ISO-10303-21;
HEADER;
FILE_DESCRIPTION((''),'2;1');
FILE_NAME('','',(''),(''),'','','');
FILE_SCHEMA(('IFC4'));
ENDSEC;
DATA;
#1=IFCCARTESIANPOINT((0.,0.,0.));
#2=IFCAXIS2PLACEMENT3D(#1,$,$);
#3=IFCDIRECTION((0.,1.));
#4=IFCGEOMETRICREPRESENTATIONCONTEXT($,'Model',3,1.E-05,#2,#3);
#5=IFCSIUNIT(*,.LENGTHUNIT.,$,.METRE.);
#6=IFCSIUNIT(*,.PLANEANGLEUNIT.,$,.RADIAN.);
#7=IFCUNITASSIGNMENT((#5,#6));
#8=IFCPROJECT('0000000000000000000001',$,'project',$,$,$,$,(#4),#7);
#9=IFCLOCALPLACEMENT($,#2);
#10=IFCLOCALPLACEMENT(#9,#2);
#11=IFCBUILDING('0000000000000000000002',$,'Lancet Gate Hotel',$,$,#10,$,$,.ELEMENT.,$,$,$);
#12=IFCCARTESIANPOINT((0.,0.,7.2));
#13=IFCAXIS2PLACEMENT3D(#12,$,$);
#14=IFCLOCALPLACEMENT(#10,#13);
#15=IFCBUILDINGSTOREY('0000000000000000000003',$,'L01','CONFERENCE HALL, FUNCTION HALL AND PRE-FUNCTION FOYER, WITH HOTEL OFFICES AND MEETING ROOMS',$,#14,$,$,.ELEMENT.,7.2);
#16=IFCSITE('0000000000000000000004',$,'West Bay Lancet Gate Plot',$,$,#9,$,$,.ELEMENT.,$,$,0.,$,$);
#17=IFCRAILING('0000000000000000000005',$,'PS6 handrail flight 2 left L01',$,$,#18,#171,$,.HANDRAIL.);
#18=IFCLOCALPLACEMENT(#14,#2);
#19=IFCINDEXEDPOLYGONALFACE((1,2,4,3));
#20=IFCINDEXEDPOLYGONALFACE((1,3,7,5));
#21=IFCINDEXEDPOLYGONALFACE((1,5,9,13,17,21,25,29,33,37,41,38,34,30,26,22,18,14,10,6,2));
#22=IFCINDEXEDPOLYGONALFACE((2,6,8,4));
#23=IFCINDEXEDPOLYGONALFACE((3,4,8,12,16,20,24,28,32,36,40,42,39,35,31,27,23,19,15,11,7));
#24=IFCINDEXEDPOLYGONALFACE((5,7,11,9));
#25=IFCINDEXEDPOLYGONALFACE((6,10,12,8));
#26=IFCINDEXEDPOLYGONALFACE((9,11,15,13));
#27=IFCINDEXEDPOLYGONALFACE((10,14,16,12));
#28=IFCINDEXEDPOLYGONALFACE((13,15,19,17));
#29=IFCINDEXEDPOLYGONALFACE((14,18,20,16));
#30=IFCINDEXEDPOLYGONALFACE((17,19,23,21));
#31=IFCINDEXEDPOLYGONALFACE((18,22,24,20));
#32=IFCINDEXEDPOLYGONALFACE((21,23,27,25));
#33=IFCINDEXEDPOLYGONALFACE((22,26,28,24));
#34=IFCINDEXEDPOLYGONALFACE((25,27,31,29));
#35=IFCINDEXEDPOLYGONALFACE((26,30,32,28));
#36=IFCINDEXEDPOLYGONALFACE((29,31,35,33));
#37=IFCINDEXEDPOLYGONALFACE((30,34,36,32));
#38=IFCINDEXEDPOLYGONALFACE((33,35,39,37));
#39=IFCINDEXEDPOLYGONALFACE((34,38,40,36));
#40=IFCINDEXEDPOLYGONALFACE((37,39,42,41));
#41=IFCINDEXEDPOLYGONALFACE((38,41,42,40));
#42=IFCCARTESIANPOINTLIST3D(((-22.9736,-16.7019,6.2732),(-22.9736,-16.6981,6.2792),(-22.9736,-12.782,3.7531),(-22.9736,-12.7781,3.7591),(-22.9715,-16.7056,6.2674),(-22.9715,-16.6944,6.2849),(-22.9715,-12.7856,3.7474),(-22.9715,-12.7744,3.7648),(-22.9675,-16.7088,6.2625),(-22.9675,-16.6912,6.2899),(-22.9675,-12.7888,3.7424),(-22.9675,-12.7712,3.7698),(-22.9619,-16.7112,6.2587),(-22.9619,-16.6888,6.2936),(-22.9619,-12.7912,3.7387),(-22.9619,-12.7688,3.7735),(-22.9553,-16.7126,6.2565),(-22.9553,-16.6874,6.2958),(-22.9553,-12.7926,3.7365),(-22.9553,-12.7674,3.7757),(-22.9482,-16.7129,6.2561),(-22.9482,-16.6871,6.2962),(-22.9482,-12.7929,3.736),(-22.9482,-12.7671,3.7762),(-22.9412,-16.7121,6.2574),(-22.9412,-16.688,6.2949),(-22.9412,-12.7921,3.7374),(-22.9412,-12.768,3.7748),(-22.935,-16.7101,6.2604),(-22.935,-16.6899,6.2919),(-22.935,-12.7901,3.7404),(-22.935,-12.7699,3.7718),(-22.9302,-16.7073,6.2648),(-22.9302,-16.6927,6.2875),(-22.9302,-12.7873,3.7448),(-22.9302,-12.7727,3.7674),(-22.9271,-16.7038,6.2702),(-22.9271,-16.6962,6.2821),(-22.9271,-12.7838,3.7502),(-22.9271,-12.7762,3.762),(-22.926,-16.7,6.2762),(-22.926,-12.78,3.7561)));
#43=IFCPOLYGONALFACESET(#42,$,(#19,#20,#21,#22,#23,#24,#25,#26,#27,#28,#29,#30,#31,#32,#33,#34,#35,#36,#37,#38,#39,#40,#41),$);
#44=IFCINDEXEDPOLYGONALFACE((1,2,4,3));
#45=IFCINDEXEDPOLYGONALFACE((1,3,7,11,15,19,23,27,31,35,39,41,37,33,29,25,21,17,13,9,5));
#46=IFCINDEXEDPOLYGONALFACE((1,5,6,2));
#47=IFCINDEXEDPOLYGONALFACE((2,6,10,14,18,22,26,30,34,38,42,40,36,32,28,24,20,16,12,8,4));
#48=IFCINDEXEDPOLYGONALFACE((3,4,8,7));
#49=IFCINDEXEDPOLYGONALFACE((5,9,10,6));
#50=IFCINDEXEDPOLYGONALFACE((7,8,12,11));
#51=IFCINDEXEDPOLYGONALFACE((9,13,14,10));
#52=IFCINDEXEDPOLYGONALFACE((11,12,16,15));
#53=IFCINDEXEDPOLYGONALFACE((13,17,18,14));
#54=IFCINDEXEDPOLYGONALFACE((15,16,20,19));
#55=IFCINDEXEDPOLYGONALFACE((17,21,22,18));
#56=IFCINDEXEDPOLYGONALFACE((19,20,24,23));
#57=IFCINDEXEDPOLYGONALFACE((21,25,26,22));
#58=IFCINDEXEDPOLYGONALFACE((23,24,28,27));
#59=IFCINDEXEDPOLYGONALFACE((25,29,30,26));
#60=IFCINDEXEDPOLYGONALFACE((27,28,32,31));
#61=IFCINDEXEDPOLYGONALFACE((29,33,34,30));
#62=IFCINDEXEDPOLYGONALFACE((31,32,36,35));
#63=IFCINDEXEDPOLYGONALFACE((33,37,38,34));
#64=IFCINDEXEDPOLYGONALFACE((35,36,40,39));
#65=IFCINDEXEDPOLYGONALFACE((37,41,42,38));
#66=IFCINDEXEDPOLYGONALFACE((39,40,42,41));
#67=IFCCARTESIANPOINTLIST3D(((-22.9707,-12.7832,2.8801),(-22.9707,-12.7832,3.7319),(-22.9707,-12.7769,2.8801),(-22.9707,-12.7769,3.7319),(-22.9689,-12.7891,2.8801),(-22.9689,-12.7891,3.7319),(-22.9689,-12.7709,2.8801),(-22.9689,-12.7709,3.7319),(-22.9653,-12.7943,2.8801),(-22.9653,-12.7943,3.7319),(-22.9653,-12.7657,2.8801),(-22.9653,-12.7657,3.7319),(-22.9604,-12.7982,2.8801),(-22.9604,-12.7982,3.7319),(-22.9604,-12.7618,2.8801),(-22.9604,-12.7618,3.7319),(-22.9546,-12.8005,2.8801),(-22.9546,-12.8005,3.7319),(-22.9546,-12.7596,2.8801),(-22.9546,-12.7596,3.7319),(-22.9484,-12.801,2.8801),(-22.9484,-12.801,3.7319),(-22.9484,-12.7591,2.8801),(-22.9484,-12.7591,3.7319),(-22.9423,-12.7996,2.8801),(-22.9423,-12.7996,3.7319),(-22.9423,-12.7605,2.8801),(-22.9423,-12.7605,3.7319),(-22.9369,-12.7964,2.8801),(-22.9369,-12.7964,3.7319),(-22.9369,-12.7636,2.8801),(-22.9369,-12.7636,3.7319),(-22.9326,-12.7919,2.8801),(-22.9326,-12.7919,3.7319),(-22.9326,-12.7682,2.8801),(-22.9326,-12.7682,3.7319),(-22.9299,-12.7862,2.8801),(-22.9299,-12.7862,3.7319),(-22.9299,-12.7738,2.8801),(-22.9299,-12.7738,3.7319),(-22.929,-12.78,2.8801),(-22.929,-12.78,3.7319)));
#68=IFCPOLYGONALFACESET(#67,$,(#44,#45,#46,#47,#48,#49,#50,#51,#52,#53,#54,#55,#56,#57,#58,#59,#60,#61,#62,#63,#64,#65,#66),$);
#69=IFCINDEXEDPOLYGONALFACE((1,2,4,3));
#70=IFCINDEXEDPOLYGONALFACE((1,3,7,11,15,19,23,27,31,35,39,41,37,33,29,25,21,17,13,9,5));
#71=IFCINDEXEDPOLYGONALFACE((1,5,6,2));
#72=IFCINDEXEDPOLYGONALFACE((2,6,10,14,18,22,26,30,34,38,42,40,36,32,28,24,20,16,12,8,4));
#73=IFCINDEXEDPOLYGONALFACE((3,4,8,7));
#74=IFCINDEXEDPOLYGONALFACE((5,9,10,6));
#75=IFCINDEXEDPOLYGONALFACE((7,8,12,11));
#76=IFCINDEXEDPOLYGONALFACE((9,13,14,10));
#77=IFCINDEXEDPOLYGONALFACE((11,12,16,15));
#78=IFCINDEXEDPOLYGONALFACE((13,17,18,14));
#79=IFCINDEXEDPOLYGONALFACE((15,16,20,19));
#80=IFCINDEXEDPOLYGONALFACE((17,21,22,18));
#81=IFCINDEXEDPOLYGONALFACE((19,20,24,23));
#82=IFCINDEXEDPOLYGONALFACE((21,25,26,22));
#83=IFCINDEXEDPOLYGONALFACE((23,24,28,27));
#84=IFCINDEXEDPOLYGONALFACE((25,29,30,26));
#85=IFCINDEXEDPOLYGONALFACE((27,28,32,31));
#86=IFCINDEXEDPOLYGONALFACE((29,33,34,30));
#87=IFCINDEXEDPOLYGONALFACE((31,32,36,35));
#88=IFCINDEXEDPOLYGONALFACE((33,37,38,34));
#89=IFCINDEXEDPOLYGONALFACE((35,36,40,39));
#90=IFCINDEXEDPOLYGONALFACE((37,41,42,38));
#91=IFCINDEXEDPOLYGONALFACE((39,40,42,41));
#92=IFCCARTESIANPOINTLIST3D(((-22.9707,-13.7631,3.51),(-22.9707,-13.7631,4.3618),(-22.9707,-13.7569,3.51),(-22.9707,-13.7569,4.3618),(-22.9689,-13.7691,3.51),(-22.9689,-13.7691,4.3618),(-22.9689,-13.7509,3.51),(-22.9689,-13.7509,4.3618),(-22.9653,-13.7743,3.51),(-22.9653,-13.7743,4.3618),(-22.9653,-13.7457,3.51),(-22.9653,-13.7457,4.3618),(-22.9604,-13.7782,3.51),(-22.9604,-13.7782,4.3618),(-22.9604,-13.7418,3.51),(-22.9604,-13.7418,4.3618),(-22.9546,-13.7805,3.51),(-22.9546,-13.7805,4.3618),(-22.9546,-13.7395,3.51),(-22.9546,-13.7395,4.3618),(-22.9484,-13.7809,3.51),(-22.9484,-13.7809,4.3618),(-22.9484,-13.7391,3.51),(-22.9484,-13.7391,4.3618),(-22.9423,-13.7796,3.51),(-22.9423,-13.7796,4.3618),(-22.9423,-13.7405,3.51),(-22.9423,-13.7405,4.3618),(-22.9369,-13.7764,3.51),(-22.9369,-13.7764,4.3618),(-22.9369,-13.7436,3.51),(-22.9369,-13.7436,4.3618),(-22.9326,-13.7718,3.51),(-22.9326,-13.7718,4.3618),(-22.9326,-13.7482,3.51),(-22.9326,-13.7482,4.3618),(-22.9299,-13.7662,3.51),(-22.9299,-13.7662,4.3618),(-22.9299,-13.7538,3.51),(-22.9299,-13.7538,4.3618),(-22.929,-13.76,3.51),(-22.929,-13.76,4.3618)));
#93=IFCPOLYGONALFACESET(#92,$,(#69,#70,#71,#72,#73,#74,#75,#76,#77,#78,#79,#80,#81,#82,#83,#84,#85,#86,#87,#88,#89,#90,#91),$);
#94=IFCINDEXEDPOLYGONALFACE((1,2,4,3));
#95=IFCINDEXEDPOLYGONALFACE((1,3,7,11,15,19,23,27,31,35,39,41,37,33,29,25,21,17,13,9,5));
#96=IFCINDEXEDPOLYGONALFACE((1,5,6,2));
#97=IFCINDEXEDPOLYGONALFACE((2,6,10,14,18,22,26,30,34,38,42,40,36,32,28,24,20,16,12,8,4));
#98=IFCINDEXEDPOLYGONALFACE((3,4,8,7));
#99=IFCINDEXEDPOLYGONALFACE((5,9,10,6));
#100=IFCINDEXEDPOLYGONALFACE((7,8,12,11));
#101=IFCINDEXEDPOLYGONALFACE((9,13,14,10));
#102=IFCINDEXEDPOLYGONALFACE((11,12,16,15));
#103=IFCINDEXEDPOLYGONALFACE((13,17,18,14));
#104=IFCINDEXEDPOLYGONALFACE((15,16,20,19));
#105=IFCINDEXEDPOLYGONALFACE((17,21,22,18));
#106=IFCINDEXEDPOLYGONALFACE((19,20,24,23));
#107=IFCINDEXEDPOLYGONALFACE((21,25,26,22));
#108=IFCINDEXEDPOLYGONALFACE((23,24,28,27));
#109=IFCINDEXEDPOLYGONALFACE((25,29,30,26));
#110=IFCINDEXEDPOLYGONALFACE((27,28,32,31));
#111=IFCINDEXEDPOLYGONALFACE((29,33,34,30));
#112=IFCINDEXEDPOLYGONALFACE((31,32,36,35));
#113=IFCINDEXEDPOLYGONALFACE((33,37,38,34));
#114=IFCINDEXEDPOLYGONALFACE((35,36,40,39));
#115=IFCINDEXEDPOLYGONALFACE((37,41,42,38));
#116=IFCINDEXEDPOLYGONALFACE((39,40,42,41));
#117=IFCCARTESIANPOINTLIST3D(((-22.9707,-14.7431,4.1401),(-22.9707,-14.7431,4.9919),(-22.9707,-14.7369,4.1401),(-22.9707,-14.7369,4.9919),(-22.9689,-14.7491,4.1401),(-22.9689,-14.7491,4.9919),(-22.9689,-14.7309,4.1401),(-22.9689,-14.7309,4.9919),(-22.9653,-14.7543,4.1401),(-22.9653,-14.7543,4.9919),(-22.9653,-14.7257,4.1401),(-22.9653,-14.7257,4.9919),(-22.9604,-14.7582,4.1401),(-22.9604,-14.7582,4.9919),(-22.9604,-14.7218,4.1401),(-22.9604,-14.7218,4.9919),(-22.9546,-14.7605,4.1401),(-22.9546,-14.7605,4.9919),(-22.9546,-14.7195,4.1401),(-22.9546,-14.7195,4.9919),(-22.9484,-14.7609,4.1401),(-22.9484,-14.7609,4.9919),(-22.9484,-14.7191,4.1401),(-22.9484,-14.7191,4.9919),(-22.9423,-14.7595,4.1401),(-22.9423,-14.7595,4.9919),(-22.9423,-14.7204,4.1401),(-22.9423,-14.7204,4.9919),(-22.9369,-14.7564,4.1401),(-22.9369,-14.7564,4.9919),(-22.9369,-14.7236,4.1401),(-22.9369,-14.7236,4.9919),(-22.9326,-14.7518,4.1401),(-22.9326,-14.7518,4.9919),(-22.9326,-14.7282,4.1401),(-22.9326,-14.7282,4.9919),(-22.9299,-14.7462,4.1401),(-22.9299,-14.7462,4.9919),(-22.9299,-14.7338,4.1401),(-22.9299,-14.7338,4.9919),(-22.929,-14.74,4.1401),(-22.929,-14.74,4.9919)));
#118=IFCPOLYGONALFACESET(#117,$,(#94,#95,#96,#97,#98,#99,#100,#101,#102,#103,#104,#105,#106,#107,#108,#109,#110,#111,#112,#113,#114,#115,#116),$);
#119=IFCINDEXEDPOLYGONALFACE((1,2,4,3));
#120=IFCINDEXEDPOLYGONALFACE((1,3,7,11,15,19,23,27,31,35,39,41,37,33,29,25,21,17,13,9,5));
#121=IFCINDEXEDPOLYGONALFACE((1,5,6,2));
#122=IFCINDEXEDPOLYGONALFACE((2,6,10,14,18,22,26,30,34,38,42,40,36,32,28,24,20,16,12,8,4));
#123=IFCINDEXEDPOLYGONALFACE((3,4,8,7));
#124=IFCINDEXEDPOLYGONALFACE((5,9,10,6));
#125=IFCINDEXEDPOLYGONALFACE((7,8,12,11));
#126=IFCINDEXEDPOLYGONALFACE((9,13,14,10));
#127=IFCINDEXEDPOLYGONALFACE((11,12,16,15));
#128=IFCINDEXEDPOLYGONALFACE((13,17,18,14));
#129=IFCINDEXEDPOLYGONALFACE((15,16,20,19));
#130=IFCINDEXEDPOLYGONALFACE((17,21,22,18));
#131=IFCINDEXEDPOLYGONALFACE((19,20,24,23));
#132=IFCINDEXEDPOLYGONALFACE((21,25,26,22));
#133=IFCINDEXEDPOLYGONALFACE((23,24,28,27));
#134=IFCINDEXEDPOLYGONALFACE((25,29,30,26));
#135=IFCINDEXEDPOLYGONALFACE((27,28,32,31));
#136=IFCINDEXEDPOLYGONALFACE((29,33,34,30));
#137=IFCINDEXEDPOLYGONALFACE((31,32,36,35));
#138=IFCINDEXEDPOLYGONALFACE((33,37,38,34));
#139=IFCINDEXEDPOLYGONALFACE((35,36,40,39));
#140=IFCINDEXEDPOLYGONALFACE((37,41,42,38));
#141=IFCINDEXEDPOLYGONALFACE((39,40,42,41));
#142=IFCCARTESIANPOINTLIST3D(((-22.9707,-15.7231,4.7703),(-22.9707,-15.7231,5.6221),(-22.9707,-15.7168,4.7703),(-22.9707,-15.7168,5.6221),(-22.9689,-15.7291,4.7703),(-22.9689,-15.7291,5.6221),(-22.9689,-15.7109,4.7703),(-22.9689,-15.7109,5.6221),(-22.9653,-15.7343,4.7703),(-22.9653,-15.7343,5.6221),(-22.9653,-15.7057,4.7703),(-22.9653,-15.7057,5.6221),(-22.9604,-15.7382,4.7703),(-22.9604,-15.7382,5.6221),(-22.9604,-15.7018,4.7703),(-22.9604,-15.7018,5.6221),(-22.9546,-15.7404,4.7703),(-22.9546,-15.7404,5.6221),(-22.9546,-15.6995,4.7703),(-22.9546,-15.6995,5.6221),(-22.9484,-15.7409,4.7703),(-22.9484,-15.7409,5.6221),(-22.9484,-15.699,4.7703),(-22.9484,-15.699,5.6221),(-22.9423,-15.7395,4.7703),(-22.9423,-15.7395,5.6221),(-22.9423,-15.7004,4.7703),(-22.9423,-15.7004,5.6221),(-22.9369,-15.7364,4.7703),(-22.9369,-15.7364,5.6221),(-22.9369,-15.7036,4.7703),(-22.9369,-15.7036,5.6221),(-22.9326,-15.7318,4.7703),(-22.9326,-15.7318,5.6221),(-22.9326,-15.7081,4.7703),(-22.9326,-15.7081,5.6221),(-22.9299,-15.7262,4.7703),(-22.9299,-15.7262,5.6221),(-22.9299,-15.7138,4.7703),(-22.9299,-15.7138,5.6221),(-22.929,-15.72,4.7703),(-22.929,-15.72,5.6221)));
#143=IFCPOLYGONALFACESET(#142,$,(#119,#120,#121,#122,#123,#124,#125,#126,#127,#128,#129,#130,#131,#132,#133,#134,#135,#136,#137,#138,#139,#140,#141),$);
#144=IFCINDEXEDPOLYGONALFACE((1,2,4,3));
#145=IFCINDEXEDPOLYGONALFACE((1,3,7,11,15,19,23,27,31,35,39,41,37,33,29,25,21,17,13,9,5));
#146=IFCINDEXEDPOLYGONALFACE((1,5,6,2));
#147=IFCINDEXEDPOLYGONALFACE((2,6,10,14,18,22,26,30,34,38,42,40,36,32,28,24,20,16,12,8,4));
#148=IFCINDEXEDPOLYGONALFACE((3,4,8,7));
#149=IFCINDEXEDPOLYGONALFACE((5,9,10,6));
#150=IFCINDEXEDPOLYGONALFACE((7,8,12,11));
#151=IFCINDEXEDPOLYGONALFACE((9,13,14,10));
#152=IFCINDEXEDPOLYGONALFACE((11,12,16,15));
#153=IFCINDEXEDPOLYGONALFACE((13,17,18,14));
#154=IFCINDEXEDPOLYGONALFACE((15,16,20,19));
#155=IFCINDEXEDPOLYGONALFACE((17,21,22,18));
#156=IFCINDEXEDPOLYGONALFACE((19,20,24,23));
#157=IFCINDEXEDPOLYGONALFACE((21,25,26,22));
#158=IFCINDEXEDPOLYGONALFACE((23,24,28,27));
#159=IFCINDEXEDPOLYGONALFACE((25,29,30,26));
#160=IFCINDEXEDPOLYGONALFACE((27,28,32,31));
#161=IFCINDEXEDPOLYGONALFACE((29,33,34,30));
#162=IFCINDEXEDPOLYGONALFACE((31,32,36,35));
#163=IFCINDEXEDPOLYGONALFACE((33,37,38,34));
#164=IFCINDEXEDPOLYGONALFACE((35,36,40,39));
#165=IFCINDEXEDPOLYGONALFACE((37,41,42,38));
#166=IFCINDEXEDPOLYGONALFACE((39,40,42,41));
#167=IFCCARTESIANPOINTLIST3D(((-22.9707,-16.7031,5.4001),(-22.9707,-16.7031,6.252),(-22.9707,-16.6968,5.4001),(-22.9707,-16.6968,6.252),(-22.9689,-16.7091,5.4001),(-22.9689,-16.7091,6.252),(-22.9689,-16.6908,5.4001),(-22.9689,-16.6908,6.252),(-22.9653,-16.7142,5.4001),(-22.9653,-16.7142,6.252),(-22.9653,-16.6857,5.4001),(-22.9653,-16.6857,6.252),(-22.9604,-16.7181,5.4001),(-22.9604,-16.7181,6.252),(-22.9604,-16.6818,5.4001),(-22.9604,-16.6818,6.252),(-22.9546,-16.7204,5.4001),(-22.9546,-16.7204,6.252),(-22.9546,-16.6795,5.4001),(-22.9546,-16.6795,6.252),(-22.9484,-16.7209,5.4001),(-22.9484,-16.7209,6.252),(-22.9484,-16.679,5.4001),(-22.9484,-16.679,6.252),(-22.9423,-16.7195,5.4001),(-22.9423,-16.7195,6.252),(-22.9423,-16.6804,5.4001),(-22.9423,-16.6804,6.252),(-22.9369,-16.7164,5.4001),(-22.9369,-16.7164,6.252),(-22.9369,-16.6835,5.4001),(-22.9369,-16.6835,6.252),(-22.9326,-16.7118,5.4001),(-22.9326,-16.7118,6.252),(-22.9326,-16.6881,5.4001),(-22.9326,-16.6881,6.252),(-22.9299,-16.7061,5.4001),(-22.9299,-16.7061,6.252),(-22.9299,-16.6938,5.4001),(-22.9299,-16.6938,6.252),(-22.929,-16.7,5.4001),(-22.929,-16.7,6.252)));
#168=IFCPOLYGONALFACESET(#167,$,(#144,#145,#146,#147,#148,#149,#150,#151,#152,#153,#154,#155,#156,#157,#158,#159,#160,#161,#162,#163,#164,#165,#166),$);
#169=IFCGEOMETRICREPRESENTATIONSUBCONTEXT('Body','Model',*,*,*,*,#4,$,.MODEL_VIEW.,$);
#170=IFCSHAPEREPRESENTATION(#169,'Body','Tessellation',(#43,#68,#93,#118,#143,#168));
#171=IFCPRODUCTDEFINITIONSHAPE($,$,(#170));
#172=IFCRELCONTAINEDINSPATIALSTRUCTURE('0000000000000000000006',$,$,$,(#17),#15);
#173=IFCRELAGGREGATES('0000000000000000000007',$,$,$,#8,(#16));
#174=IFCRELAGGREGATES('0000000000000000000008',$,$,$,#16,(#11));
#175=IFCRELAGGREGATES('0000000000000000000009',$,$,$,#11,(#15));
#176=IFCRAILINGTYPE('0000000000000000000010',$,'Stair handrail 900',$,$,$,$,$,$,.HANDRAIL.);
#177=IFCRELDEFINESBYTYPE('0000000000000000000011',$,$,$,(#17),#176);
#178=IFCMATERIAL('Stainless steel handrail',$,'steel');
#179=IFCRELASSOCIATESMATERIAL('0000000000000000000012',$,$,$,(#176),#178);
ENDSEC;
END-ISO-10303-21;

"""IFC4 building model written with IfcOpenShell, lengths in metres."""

from ifc_helpers import new_model, si_unit, direction, frame, origin, origin_2d, place, context, subcontext, project, spatial, circle, extrude, material, type_object, element, save


model = new_model("IFC4")

# Units and contexts
model_context = context("Model", 3, precision=1e-05, world=origin(), true_north=direction((0.0, 1.0)))
body_context = subcontext(model_context, "Body", "Model", "MODEL_VIEW")
ifc_project = project(units=[si_unit("LENGTHUNIT", "METRE"), si_unit("PLANEANGLEUNIT", "RADIAN")], contexts=[model_context])

# Site, building, storey
site_placement = place(None, origin())
site = spatial("IfcSite", under=ifc_project, at=site_placement, Name="West Bay Lancet Gate Plot", CompositionType="ELEMENT", RefElevation=0.0)
building_placement = place(site_placement, origin())
building = spatial("IfcBuilding", under=site, at=building_placement, Name="Lancet Gate Hotel", CompositionType="ELEMENT")
storey_placement = place(building_placement, frame((0.0, 0.0, 7.2)))
storey = spatial("IfcBuildingStorey", under=building, at=storey_placement, Name="L01", Description="CONFERENCE HALL, FUNCTION HALL AND PRE-FUNCTION FOYER, WITH HOTEL OFFICES AND MEETING ROOMS", CompositionType="ELEMENT", Elevation=7.2)

# Railing
ifc_material_1 = material(Name="Stainless steel handrail", Category="steel")
railing_type_1 = type_object("IfcRailingType", Name="Stair handrail 900", PredefinedType="HANDRAIL", material=ifc_material_1)
for number, where, name in (
    (1, (-22.95, -12.78, 2.8801), "PS6 handrail flight 2 left L01"),
):
    element("IfcRailing", number, at=place(storey_placement, frame(where)), inside=storey, type_object=railing_type_1, Name=name, PredefinedType="HANDRAIL", context=body_context, shape_type="SweptSolid", body=[
        extrude(circle(Radius=0.0239, at=origin_2d()), frame((0.0, 0.0, 0.876), z_axis=(0.0, -0.841172, 0.540768), x_axis=(1.0, 0.0, 0.0)), (0.0, 0.0, 1.0), 4.6602),
        extrude(circle(Radius=0.021, at=origin_2d()), origin(), (0.0, 0.0, 1.0), 0.8518),
        extrude(circle(Radius=0.021, at=origin_2d()), frame((0.0, -0.98, 0.6299)), (0.0, 0.0, 1.0), 0.8518),
        extrude(circle(Radius=0.021, at=origin_2d()), frame((0.0, -1.96, 1.26)), (0.0, 0.0, 1.0), 0.8518),
        extrude(circle(Radius=0.021, at=origin_2d()), frame((0.0, -2.9399, 1.8901)), (0.0, 0.0, 1.0), 0.8518),
        extrude(circle(Radius=0.021, at=origin_2d()), frame((0.0, -3.9199, 2.52)), (0.0, 0.0, 1.0), 0.8518),
    ])

save(model, "model.ifc")
